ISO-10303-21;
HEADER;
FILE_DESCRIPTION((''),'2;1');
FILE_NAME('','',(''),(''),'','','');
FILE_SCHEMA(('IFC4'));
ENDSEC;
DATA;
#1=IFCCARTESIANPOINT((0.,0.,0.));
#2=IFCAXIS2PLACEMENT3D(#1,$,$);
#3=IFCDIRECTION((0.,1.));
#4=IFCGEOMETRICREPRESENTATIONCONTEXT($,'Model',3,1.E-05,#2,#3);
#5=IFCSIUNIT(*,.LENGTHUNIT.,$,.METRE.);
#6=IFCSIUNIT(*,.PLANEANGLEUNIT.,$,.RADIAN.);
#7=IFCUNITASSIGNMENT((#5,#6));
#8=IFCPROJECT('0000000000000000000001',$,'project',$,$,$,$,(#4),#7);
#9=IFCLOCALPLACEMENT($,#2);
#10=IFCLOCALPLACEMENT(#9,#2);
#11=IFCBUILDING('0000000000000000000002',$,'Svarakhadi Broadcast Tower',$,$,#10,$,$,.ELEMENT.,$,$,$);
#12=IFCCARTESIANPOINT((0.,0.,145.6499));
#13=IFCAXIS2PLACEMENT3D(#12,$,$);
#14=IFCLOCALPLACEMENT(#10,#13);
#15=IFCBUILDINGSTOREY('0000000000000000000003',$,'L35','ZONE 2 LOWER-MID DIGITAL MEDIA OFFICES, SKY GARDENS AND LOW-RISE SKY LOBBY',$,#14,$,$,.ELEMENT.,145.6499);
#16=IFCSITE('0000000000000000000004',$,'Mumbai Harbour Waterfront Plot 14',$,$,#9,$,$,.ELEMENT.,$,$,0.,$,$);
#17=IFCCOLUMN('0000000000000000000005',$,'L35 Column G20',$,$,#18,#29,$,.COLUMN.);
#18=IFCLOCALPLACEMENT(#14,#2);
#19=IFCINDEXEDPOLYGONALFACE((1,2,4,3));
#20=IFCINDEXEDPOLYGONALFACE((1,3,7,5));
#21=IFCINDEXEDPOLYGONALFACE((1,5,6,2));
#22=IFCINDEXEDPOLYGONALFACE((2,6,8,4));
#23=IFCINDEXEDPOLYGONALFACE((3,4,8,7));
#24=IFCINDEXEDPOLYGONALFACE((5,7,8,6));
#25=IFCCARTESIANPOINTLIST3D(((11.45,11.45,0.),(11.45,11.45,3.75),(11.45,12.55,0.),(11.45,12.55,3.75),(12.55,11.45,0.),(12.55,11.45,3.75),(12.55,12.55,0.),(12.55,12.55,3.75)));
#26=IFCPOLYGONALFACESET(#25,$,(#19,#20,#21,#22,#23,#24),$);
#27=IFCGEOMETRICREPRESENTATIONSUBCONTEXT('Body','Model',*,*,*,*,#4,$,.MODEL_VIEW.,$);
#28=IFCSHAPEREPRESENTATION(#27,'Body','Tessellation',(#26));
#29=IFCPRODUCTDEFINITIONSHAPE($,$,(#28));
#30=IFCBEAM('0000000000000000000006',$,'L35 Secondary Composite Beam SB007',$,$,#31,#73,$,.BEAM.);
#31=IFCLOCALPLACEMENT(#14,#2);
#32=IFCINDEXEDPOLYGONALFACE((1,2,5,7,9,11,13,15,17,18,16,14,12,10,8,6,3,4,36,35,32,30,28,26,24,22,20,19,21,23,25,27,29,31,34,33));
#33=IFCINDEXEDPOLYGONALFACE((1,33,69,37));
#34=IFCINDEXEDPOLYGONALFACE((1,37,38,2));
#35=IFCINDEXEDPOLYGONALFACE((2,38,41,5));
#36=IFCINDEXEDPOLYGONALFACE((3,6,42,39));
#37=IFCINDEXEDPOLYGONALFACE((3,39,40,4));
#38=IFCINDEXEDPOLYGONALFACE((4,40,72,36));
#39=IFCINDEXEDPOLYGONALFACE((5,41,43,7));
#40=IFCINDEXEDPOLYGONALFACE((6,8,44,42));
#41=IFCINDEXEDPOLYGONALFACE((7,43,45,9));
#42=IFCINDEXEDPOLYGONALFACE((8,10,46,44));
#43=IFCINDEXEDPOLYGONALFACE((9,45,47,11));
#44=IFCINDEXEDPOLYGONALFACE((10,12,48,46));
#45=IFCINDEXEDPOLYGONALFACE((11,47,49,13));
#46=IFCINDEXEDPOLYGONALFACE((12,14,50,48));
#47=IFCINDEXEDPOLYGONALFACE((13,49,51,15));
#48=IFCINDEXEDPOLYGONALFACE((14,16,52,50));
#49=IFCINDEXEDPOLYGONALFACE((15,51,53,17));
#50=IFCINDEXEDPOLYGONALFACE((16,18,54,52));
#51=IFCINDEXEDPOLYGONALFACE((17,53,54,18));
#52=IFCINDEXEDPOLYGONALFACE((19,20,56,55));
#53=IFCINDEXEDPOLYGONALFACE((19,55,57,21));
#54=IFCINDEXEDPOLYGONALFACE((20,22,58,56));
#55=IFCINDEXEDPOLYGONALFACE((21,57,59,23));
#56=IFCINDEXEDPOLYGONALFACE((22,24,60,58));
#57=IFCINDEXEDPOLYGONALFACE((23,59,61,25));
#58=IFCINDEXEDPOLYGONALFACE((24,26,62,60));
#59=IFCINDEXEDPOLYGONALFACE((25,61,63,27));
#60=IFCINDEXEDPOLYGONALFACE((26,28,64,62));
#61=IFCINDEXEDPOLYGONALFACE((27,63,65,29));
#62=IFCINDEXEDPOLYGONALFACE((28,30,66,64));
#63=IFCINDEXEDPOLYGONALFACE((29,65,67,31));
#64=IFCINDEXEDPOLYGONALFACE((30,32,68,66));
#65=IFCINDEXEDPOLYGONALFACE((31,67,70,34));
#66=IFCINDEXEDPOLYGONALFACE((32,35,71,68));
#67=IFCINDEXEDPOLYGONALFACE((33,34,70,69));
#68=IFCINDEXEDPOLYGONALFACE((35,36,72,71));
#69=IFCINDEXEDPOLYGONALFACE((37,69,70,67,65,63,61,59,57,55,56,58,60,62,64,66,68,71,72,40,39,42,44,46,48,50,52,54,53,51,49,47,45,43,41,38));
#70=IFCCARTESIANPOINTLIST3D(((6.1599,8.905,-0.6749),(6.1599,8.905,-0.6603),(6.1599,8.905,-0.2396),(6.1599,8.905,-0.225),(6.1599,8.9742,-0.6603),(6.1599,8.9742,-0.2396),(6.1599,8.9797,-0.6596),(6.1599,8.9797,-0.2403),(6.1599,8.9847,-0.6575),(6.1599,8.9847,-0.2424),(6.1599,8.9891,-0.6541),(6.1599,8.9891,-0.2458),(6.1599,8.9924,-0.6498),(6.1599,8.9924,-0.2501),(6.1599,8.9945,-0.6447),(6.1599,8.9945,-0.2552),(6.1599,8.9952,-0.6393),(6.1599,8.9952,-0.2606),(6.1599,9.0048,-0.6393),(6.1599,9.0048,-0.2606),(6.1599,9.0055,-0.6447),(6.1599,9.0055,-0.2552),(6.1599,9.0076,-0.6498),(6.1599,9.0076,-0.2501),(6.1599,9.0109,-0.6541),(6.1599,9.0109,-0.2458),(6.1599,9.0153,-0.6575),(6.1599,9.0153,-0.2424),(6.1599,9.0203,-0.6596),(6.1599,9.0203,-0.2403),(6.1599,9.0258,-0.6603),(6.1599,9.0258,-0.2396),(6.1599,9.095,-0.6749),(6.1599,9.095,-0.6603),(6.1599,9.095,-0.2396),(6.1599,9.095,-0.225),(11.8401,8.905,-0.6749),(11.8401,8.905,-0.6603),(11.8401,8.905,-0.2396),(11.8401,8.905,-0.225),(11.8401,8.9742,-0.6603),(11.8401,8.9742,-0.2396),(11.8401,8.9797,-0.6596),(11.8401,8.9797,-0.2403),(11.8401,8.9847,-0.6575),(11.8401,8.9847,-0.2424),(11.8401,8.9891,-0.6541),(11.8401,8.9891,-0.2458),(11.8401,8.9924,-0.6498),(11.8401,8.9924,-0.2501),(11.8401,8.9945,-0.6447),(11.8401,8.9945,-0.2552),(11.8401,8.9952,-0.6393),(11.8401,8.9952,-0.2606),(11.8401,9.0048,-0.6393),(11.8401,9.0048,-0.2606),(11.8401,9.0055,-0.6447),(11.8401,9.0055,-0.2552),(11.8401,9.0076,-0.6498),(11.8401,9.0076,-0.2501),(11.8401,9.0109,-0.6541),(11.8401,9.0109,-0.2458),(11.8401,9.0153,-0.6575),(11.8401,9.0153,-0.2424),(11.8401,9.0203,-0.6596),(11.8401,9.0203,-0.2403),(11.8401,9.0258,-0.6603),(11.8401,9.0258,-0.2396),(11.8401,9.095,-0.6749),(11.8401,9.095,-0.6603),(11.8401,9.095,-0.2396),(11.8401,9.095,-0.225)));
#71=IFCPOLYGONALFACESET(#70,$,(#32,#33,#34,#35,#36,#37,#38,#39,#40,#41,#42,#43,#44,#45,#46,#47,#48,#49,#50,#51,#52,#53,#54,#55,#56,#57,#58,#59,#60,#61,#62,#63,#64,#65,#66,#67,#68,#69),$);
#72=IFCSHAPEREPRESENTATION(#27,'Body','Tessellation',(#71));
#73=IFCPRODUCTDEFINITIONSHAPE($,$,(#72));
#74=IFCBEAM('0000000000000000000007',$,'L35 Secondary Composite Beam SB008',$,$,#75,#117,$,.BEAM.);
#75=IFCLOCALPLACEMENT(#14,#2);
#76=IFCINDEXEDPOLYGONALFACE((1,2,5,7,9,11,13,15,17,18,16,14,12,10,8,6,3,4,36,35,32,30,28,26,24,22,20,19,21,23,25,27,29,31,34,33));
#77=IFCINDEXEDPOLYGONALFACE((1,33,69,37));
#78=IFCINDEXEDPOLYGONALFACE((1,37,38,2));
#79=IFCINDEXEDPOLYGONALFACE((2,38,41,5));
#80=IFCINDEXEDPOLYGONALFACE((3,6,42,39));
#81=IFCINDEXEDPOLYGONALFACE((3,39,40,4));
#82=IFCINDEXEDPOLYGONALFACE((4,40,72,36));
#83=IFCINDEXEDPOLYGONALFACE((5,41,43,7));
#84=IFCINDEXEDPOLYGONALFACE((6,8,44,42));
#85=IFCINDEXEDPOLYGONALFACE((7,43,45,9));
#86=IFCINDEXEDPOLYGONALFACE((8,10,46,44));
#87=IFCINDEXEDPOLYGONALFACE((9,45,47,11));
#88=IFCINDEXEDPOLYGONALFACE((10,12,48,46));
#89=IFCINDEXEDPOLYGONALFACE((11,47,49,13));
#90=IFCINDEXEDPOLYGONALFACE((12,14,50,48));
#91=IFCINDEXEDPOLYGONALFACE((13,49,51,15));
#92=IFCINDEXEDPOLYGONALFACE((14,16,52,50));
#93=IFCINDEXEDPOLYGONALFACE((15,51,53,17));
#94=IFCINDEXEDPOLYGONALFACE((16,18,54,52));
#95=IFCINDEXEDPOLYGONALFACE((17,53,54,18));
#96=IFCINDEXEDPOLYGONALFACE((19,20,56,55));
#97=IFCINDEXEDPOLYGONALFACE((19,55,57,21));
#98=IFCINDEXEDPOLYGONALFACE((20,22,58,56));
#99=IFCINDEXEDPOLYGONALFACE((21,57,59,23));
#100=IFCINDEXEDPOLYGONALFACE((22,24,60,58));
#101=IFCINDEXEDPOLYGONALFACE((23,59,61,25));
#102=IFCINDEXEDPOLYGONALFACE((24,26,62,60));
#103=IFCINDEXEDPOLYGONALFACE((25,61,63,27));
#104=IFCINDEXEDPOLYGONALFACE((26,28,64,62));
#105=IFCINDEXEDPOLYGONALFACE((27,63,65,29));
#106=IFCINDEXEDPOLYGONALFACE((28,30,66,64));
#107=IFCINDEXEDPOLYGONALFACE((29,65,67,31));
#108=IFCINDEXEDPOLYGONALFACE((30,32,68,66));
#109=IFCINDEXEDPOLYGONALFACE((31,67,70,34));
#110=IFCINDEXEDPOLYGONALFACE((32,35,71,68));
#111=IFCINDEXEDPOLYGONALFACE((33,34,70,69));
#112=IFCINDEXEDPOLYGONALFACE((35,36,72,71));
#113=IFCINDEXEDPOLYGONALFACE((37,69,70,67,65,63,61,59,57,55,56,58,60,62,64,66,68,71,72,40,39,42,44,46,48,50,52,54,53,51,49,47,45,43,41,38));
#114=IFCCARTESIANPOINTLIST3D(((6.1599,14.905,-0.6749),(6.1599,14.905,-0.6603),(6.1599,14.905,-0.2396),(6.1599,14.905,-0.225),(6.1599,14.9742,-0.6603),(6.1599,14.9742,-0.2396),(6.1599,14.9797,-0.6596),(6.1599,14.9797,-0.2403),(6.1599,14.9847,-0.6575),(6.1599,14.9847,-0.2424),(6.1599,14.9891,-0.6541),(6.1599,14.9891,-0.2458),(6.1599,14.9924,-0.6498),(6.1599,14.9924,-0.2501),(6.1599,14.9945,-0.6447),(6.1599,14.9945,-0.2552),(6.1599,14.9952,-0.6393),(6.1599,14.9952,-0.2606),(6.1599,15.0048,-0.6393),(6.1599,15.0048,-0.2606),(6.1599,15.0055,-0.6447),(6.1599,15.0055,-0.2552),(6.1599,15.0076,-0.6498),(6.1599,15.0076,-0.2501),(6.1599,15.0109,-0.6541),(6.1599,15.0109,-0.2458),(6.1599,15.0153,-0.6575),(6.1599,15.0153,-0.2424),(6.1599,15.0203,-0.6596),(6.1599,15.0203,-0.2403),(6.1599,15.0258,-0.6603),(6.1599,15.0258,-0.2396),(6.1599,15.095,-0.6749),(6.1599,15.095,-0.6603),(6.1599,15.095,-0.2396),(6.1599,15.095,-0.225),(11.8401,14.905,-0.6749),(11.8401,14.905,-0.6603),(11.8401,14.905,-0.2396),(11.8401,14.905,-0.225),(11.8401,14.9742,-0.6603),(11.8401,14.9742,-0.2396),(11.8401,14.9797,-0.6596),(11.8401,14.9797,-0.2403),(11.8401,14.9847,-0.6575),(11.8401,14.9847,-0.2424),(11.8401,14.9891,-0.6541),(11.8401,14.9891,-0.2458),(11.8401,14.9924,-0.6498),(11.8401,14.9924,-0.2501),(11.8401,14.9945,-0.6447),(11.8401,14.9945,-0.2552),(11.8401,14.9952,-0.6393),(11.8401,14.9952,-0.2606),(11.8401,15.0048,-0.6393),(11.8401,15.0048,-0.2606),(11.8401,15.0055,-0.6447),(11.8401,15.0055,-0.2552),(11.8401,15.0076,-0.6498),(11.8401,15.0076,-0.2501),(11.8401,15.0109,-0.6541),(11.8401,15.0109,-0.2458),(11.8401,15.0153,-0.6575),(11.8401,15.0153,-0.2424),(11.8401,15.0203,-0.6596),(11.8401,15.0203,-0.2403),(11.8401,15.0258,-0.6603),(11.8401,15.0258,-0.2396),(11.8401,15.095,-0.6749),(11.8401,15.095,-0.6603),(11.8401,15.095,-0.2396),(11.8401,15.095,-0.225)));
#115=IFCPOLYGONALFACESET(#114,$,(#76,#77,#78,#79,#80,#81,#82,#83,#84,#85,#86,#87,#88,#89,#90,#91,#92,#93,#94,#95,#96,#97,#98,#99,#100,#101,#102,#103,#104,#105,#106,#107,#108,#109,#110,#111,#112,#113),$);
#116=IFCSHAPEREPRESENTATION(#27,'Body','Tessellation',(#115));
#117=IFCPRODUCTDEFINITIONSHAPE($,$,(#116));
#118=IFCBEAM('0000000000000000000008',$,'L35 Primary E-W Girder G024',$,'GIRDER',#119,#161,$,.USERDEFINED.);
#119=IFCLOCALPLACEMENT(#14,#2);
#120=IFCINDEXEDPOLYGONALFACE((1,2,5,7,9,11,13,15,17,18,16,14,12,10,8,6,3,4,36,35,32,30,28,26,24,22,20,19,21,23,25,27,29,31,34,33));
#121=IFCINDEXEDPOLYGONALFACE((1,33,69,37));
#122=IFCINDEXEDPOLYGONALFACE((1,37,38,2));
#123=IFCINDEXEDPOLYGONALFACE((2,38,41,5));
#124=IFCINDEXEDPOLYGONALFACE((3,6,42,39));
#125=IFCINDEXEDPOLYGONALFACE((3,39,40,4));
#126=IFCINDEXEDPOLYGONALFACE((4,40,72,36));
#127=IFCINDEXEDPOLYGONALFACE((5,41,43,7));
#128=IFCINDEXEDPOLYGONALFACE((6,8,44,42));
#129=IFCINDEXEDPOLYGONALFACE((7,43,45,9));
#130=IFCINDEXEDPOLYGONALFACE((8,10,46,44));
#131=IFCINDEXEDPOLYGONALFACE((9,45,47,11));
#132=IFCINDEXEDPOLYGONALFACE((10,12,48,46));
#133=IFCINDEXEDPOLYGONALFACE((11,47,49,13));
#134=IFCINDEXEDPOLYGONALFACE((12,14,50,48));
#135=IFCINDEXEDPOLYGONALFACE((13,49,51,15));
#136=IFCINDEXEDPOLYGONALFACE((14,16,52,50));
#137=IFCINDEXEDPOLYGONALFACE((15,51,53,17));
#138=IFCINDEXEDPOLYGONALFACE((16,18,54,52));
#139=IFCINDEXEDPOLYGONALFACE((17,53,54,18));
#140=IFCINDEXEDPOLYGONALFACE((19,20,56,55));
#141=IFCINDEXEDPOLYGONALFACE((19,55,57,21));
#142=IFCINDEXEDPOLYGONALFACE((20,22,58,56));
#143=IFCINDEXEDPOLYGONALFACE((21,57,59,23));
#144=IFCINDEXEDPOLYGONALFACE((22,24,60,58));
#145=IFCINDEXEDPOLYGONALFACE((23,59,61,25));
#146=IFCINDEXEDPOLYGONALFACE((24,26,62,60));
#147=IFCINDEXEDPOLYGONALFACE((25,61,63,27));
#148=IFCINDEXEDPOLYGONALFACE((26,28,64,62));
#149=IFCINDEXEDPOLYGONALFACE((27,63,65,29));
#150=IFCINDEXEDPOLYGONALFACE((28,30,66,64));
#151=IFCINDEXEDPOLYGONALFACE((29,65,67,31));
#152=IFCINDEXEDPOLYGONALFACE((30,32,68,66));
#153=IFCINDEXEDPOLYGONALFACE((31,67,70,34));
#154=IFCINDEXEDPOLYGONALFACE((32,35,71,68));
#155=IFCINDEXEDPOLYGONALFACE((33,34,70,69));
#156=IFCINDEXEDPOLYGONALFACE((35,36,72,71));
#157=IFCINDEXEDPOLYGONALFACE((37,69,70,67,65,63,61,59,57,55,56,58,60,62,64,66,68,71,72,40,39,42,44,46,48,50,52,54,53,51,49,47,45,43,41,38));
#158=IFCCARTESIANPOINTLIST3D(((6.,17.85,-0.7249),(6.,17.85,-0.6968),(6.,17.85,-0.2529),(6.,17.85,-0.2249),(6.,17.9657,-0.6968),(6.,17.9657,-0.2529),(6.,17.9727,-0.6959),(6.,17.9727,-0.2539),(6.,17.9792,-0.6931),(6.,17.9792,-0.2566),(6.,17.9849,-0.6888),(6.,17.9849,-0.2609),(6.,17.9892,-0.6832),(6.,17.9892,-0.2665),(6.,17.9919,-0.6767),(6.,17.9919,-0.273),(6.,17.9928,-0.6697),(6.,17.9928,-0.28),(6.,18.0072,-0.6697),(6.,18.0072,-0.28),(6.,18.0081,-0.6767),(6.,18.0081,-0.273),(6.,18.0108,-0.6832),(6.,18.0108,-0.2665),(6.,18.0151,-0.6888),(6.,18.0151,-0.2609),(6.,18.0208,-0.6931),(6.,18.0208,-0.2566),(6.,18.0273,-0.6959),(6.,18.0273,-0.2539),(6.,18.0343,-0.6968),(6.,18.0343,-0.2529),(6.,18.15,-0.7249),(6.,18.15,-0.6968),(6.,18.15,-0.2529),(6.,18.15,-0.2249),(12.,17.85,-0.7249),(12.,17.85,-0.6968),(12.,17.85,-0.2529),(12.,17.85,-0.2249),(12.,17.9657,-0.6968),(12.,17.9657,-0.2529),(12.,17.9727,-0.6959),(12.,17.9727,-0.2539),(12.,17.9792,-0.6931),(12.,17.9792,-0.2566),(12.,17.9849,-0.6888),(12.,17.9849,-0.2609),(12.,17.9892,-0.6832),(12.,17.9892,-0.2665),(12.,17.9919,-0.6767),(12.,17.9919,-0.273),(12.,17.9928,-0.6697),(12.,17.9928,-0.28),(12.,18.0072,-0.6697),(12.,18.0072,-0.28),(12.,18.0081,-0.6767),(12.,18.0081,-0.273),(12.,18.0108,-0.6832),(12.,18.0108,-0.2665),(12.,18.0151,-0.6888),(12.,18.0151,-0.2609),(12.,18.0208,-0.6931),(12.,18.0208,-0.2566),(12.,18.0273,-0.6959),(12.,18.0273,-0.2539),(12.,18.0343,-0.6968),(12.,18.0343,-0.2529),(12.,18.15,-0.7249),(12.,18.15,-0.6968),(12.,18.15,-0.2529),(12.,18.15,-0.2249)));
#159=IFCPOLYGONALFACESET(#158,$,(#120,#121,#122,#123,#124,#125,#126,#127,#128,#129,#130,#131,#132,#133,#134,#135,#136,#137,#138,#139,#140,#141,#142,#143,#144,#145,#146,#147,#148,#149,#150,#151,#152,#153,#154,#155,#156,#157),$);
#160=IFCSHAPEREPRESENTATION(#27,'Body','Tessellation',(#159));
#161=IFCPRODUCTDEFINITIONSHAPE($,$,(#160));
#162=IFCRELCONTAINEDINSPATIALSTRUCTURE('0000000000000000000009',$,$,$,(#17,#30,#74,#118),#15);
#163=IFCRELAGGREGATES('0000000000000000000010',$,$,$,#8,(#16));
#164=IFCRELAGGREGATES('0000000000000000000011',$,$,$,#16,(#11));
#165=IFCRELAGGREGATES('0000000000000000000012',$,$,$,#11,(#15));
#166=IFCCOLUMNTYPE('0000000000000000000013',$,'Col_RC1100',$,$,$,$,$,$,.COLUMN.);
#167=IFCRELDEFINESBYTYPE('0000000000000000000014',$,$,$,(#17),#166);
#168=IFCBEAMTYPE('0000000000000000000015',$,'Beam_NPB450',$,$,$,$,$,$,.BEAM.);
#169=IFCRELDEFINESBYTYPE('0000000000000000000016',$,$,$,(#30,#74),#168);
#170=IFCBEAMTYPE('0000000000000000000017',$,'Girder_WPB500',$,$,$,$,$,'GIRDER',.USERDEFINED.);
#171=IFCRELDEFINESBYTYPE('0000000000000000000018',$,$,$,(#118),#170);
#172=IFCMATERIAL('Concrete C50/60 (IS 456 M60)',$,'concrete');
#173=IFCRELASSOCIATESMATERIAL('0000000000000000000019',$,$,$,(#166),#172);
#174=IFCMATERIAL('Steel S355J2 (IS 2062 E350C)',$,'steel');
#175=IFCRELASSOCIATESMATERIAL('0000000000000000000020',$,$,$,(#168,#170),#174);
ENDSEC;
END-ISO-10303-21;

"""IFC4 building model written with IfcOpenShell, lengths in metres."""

from ifc_helpers import new_model, si_unit, direction, frame, origin, origin_2d, place, context, subcontext, project, spatial, rectangle, i_section, extrude, material, material_profile, profile_set, type_object, element, save


model = new_model("IFC4")

# Units and contexts
model_context = context("Model", 3, precision=1e-05, world=origin(), true_north=direction((0.0, 1.0)))
body_context = subcontext(model_context, "Body", "Model", "MODEL_VIEW")
ifc_project = project(units=[si_unit("LENGTHUNIT", "METRE"), si_unit("PLANEANGLEUNIT", "RADIAN")], contexts=[model_context])

# Site, building, storey
site_placement = place(None, origin())
site = spatial("IfcSite", under=ifc_project, at=site_placement, Name="Mumbai Harbour Waterfront Plot 14", CompositionType="ELEMENT", RefElevation=0.0)
building_placement = place(site_placement, origin())
building = spatial("IfcBuilding", under=site, at=building_placement, Name="Svarakhadi Broadcast Tower", CompositionType="ELEMENT")
storey_placement = place(building_placement, frame((0.0, 0.0, 145.6499)))
storey = spatial("IfcBuildingStorey", under=building, at=storey_placement, Name="L35", Description="ZONE 2 LOWER-MID DIGITAL MEDIA OFFICES, SKY GARDENS AND LOW-RISE SKY LOBBY", CompositionType="ELEMENT", Elevation=145.6499)

# Column
ifc_material_1 = material(Name="Concrete C50/60 (IS 456 M60)", Category="concrete")
ifc_material_profile_1 = material_profile(ifc_material_1, rectangle(XDim=1.1001, YDim=1.1001, at=origin_2d()), Name="RC 1100x1100")
ifc_profile_set_1 = profile_set([ifc_material_profile_1], Name="Concrete C50/60 (IS 456 M60)")
column_type = type_object("IfcColumnType", Name="Col_RC1100", PredefinedType="COLUMN", material=ifc_profile_set_1)
column_placement = place(storey_placement, frame((12.0, 12.0, 0.0), z_axis=(0.0, 0.0, 1.0), x_axis=(1.0, 0.0, 0.0)))
element("IfcColumn", 1, at=column_placement, inside=storey, type_object=column_type, Name="L35 Column G20", PredefinedType="COLUMN", context=body_context, shape_type="SweptSolid", body=[
    extrude(rectangle(XDim=1.1001, YDim=1.1001, at=origin_2d()), origin(), (0.0, 0.0, 1.0), 3.75),
])

# Beams
ifc_material_2 = material(Name="Steel S355J2 (IS 2062 E350C)", Category="steel")
ifc_material_profile_2 = material_profile(ifc_material_2, i_section(OverallWidth=0.1899, OverallDepth=0.45, WebThickness=0.0095, FlangeThickness=0.0146, FilletRadius=0.021, at=origin_2d()), Name="NPB 450x190x78")
ifc_profile_set_2 = profile_set([ifc_material_profile_2], Name="Steel S355J2 (IS 2062 E350C)")
beam_type_1 = type_object("IfcBeamType", Name="Beam_NPB450", PredefinedType="BEAM", material=ifc_profile_set_2)
for number, where, z_axis, x_axis, name in (
    (2, (6.1599, 9.0, -0.45), (1.0, 0.0, 0.0), (0.0, 1.0, 0.0), "L35 Secondary Composite Beam SB007"),
    (3, (6.1599, 15.0, -0.45), (1.0, 0.0, 0.0), (0.0, 1.0, 0.0), "L35 Secondary Composite Beam SB008"),
):
    element("IfcBeam", number, at=place(storey_placement, frame(where, z_axis=z_axis, x_axis=x_axis)), inside=storey, type_object=beam_type_1, Name=name, PredefinedType="BEAM", context=body_context, shape_type="SweptSolid", body=[
        extrude(i_section(OverallWidth=0.1899, OverallDepth=0.45, WebThickness=0.0095, FlangeThickness=0.0146, FilletRadius=0.021, at=origin_2d()), origin(), (0.0, 0.0, 1.0), 5.6802),
    ])
ifc_material_profile_3 = material_profile(ifc_material_2, i_section(OverallWidth=0.3, OverallDepth=0.5, WebThickness=0.0144, FlangeThickness=0.0281, FilletRadius=0.0271, at=origin_2d()), Name="WPB 500x300x187")
ifc_profile_set_3 = profile_set([ifc_material_profile_3], Name="Steel S355J2 (IS 2062 E350C)")
beam_type_2 = type_object("IfcBeamType", Name="Girder_WPB500", ElementType="GIRDER", PredefinedType="USERDEFINED", material=ifc_profile_set_3)
beam_1_placement = place(storey_placement, frame((6.0, 18.0, -0.4749), z_axis=(1.0, 0.0, 0.0), x_axis=(0.0, 1.0, 0.0)))
element("IfcBeam", 4, at=beam_1_placement, inside=storey, type_object=beam_type_2, Name="L35 Primary E-W Girder G024", ObjectType="GIRDER", PredefinedType="USERDEFINED", context=body_context, shape_type="SweptSolid", body=[
    extrude(i_section(OverallWidth=0.3, OverallDepth=0.5, WebThickness=0.0144, FlangeThickness=0.0281, FilletRadius=0.0271, at=origin_2d()), origin(), (0.0, 0.0, 1.0), 6.0),
])

save(model, "model.ifc")
